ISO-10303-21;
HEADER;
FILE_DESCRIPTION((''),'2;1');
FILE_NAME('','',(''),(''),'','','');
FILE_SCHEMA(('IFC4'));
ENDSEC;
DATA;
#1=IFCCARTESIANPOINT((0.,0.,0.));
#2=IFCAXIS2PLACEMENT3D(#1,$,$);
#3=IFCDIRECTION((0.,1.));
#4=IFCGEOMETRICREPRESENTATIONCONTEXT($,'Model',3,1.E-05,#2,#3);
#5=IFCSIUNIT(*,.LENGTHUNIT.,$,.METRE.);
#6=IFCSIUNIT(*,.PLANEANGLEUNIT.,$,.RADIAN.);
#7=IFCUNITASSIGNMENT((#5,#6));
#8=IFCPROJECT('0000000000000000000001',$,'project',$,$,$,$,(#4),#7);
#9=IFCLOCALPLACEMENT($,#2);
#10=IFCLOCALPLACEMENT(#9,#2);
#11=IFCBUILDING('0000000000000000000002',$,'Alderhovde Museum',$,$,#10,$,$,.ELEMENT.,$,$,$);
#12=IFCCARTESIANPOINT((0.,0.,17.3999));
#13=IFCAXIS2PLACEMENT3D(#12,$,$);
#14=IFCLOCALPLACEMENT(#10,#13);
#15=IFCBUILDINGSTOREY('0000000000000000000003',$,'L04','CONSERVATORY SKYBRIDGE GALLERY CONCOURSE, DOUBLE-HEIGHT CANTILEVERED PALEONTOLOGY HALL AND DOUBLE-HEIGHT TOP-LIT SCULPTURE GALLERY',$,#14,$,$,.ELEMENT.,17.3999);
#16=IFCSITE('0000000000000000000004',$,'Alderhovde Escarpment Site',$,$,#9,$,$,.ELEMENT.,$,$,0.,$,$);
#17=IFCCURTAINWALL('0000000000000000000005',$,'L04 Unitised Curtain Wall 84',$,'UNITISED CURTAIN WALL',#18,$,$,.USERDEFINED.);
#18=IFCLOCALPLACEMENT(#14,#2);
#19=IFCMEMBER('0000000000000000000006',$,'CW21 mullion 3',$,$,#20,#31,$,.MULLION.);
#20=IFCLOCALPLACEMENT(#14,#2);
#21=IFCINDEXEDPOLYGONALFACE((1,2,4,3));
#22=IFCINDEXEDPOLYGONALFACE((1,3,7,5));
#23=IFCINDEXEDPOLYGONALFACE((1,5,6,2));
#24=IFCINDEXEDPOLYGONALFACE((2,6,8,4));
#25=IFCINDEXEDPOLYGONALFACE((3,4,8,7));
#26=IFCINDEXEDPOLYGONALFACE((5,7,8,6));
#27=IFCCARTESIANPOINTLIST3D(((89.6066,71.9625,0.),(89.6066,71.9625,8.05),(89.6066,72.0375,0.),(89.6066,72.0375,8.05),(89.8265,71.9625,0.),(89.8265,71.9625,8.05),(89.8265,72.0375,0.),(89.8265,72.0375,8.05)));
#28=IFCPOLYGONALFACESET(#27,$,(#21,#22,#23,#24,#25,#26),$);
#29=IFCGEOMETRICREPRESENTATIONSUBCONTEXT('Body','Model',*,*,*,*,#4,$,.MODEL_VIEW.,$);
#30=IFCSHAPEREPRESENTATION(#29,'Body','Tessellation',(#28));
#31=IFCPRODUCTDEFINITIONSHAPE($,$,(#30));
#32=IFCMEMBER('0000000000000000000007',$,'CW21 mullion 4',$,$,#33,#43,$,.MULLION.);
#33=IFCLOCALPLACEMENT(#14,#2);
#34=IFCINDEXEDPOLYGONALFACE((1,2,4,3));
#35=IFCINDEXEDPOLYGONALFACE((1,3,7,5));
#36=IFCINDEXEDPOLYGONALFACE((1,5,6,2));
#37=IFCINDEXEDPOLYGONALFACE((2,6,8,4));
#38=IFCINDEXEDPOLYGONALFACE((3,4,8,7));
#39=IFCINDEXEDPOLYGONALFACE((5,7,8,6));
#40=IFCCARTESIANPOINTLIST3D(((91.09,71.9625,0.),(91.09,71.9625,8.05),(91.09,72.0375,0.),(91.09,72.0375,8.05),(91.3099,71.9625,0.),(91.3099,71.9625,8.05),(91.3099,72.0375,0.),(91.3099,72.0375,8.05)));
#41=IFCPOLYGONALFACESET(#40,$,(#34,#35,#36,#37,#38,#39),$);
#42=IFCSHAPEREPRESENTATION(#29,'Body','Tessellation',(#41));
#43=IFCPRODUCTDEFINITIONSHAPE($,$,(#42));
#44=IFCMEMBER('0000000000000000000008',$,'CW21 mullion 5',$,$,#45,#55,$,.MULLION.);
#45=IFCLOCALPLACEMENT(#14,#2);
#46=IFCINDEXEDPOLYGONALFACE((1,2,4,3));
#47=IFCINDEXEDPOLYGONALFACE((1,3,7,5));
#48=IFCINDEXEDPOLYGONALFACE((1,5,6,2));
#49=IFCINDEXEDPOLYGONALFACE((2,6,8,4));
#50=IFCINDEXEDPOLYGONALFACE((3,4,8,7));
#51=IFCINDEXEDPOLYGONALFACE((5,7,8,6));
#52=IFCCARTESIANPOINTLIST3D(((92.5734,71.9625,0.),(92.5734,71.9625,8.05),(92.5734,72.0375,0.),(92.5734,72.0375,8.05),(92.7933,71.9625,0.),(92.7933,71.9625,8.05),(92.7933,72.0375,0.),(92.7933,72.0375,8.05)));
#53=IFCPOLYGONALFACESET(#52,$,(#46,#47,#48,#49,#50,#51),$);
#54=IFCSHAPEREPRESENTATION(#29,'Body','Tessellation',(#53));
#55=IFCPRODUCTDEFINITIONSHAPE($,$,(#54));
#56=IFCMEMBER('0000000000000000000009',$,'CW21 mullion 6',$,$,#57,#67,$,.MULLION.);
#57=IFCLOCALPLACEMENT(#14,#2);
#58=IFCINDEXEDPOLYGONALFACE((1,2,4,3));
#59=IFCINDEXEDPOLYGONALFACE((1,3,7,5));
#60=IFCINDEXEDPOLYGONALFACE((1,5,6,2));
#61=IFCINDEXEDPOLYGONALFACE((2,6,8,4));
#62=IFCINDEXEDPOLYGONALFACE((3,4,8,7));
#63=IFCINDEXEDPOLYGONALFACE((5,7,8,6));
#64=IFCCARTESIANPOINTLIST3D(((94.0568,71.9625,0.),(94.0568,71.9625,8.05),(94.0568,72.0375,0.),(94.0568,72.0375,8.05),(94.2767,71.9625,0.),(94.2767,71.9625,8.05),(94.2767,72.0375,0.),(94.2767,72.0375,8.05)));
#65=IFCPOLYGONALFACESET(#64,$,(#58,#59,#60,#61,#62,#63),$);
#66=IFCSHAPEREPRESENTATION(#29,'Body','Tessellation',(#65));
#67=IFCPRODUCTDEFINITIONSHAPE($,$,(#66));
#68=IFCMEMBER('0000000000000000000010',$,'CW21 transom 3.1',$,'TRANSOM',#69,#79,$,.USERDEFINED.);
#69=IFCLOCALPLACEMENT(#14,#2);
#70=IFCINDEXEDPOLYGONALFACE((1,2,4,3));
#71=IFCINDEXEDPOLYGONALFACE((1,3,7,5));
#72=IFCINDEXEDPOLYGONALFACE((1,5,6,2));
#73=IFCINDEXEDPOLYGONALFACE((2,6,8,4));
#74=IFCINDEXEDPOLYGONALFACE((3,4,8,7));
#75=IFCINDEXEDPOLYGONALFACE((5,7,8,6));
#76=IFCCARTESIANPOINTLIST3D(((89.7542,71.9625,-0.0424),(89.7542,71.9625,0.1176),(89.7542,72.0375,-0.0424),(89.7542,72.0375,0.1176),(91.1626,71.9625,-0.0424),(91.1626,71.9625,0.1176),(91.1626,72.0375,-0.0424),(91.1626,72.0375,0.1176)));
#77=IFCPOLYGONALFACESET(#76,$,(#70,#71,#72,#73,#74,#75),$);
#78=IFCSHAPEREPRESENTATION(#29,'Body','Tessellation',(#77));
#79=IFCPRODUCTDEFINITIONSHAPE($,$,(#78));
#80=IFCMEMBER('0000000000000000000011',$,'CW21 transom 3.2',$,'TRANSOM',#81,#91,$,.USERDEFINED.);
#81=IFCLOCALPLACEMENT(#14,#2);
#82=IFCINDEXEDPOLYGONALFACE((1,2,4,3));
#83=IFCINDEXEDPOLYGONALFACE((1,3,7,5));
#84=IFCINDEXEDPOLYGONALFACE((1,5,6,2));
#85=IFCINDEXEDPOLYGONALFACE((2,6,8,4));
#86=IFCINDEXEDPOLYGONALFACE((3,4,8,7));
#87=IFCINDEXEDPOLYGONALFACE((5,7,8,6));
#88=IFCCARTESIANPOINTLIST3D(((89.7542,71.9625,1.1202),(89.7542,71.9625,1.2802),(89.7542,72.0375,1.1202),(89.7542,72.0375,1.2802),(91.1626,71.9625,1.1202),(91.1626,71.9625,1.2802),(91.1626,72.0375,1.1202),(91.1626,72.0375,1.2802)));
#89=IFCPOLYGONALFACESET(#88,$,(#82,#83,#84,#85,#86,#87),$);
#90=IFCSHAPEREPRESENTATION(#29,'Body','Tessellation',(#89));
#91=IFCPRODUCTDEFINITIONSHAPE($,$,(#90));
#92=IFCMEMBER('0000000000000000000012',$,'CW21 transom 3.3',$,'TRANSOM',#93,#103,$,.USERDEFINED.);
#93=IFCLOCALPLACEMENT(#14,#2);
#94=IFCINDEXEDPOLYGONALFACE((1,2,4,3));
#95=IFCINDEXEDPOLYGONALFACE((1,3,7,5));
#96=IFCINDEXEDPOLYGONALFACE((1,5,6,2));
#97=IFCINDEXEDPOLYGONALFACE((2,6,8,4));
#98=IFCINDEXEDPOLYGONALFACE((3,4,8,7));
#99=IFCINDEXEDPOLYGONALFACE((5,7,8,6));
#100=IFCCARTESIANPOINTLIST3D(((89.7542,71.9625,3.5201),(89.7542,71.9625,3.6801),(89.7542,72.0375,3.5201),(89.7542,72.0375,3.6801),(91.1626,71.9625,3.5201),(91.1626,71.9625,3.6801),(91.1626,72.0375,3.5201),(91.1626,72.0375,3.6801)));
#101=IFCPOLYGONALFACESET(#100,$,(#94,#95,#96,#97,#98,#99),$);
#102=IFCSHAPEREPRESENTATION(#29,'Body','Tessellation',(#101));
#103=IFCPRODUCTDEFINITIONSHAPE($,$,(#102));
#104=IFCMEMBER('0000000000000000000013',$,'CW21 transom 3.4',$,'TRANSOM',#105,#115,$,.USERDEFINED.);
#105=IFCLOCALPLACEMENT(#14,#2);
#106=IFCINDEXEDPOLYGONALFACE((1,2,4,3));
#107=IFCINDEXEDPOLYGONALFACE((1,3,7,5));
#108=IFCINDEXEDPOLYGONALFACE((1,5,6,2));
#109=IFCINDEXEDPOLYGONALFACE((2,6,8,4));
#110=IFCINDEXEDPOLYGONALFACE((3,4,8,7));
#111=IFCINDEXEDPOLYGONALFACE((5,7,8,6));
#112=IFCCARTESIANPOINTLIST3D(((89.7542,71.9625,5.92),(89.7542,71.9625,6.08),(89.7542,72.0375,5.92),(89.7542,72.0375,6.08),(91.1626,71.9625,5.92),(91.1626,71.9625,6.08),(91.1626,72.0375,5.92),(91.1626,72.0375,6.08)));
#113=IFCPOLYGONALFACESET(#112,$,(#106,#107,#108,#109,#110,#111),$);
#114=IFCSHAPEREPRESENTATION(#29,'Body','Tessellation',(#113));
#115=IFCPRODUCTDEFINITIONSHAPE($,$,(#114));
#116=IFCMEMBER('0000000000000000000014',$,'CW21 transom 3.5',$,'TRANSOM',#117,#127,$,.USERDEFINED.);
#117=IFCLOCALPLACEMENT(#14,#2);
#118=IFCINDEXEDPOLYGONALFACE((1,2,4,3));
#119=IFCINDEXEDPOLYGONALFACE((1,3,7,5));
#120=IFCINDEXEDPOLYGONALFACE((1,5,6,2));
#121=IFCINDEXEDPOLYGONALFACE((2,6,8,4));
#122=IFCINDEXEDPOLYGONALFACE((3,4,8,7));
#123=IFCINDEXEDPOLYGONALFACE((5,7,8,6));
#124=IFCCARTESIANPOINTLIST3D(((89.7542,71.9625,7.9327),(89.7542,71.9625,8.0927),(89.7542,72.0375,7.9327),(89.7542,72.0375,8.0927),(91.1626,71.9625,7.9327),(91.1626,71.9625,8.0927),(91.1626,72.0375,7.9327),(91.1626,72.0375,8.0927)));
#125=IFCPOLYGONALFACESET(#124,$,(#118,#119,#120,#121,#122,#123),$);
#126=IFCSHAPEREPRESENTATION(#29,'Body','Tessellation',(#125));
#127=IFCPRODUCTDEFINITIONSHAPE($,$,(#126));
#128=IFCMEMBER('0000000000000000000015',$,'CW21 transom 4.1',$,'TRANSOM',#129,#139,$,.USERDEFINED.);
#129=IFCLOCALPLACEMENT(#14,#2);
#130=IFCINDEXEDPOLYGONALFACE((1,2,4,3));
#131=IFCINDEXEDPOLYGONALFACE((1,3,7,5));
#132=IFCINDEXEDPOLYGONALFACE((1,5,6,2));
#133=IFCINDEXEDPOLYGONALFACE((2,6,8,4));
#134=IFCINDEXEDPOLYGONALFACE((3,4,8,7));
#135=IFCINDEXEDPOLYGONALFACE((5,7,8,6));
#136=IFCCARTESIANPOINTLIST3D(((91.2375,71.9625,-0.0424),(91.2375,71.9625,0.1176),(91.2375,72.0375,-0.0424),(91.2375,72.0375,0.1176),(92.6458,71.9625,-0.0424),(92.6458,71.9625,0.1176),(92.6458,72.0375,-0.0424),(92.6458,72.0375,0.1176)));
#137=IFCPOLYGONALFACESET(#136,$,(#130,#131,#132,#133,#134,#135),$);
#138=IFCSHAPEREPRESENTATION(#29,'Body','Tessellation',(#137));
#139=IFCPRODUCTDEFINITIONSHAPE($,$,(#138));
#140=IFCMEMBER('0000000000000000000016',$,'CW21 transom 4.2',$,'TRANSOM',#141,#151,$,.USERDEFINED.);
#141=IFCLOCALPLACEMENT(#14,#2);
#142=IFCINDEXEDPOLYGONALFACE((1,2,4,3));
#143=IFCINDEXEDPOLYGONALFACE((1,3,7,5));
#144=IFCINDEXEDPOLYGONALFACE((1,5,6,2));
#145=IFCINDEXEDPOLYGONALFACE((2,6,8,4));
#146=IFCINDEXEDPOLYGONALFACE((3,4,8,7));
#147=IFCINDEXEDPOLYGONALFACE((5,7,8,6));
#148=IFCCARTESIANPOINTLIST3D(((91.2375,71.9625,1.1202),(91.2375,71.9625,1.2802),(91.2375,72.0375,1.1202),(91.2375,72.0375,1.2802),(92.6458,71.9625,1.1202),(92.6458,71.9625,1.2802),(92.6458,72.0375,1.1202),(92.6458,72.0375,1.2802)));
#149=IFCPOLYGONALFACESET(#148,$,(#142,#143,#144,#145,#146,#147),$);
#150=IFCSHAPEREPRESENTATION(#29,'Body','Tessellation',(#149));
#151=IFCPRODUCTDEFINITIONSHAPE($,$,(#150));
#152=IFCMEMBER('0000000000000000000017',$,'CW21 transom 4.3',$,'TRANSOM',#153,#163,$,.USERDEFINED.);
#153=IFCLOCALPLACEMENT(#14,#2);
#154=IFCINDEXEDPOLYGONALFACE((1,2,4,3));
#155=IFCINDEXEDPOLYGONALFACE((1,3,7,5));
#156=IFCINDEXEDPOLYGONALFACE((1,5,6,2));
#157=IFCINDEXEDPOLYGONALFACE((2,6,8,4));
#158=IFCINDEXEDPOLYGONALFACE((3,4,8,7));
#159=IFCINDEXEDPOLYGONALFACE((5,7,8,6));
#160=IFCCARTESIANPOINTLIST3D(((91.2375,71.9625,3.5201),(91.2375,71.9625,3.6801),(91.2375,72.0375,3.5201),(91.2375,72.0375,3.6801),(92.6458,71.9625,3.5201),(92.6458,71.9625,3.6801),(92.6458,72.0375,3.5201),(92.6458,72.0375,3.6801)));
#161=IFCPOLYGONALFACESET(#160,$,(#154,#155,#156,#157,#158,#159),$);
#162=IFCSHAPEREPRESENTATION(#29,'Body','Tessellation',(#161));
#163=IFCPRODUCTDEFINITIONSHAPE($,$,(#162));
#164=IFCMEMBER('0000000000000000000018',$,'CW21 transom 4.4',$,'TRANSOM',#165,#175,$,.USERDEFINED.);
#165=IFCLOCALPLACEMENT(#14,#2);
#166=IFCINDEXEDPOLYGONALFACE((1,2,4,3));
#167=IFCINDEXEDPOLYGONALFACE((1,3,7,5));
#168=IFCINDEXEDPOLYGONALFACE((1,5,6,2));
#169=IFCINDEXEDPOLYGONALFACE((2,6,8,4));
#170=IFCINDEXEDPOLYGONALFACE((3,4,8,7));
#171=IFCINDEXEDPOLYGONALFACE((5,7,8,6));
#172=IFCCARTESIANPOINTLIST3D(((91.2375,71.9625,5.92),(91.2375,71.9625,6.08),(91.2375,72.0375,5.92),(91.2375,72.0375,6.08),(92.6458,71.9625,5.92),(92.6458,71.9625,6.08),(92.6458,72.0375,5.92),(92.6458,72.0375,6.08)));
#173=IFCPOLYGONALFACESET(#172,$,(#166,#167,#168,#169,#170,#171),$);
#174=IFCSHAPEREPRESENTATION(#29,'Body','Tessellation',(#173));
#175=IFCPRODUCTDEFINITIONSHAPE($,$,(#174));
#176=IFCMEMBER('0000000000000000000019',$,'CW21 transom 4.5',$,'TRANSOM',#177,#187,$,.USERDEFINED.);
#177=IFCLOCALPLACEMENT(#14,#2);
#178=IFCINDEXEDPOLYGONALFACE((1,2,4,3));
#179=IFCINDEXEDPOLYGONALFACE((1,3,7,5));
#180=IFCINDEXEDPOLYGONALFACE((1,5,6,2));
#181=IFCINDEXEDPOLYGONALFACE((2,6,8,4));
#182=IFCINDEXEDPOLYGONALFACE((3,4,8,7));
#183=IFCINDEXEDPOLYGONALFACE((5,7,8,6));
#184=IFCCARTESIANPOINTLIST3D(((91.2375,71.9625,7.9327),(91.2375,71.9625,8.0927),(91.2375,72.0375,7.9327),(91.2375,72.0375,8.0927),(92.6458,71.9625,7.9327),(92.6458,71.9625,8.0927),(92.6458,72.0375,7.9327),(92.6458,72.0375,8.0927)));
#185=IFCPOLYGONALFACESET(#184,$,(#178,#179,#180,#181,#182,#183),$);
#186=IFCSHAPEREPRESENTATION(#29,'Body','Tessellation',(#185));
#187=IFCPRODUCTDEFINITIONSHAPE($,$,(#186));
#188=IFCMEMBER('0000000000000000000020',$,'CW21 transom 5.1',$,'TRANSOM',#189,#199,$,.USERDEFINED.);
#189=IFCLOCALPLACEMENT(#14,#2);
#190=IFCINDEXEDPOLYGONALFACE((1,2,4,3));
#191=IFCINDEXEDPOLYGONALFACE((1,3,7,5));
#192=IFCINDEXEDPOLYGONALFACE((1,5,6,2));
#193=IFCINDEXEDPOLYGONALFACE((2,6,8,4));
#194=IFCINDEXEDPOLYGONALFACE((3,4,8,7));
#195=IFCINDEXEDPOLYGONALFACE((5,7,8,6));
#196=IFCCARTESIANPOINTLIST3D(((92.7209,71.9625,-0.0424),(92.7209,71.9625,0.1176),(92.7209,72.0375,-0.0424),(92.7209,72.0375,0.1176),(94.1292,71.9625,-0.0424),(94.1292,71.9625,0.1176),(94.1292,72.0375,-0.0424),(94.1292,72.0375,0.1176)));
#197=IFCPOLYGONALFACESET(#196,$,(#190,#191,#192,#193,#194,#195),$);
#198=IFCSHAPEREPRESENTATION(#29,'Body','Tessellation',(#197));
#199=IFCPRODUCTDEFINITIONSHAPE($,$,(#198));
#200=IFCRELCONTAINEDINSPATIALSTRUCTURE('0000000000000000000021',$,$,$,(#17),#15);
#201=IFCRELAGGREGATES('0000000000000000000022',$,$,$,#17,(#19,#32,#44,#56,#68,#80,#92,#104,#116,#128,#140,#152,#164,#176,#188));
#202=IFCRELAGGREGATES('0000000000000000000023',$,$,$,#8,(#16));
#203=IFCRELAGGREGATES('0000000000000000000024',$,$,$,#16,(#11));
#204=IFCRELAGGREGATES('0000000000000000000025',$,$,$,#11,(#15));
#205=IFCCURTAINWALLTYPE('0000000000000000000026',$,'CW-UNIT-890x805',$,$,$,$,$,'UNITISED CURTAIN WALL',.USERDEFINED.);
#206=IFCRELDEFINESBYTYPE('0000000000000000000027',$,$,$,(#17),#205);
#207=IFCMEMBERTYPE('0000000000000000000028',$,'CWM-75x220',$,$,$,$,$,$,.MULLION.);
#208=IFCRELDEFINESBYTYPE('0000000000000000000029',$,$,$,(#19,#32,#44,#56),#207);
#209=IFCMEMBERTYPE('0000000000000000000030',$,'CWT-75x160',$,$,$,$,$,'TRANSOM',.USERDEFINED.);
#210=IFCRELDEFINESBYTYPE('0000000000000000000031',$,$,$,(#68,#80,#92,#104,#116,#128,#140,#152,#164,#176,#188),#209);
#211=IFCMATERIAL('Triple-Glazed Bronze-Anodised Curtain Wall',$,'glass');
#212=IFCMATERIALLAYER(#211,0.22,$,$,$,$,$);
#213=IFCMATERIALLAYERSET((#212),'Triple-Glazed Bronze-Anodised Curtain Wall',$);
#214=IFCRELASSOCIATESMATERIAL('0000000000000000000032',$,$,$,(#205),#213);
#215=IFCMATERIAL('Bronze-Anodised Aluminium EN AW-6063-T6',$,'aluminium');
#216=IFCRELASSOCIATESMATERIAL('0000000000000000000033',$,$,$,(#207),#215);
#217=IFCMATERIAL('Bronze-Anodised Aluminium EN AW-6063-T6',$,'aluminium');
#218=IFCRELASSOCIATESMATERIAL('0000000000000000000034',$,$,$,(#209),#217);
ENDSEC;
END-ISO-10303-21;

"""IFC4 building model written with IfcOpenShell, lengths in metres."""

from ifc_helpers import new_model, si_unit, direction, frame, origin, origin_2d, place, context, subcontext, project, spatial, rectangle, extrude, material, layer, layer_set, material_profile, profile_set, type_object, element, aggregate, save


model = new_model("IFC4")

# Units and contexts
model_context = context("Model", 3, precision=1e-05, world=origin(), true_north=direction((0.0, 1.0)))
body_context = subcontext(model_context, "Body", "Model", "MODEL_VIEW")
ifc_project = project(units=[si_unit("LENGTHUNIT", "METRE"), si_unit("PLANEANGLEUNIT", "RADIAN")], contexts=[model_context])

# Site, building, storey
site_placement = place(None, origin())
site = spatial("IfcSite", under=ifc_project, at=site_placement, Name="Alderhovde Escarpment Site", CompositionType="ELEMENT", RefElevation=0.0)
building_placement = place(site_placement, origin())
building = spatial("IfcBuilding", under=site, at=building_placement, Name="Alderhovde Museum", CompositionType="ELEMENT")
storey_placement = place(building_placement, frame((0.0, 0.0, 17.3999)))
storey = spatial("IfcBuildingStorey", under=building, at=storey_placement, Name="L04", Description="CONSERVATORY SKYBRIDGE GALLERY CONCOURSE, DOUBLE-HEIGHT CANTILEVERED PALEONTOLOGY HALL AND DOUBLE-HEIGHT TOP-LIT SCULPTURE GALLERY", CompositionType="ELEMENT", Elevation=17.3999)

# Curtain wall, members
ifc_material_1 = material(Name="Triple-Glazed Bronze-Anodised Curtain Wall", Category="glass")
ifc_layer_1 = layer(ifc_material_1, 0.22)
ifc_layer_set_1 = layer_set([ifc_layer_1], Name="Triple-Glazed Bronze-Anodised Curtain Wall")
curtain_wall_type = type_object("IfcCurtainWallType", Name="CW-UNIT-890x805", ElementType="UNITISED CURTAIN WALL", PredefinedType="USERDEFINED", material=ifc_layer_set_1)
curtain_wall_placement = place(storey_placement, origin())
curtain_wall = element("IfcCurtainWall", 1, at=curtain_wall_placement, inside=storey, type_object=curtain_wall_type, Name="L04 Unitised Curtain Wall 84", ObjectType="UNITISED CURTAIN WALL", PredefinedType="USERDEFINED")
ifc_material_2 = material(Name="Bronze-Anodised Aluminium EN AW-6063-T6", Category="aluminium")
ifc_material_profile_1 = material_profile(ifc_material_2, rectangle(XDim=0.075, YDim=0.22, at=origin_2d()), Name="MULLION 75x220")
ifc_profile_set_1 = profile_set([ifc_material_profile_1], Name="Bronze-Anodised Aluminium EN AW-6063-T6")
member_type_1 = type_object("IfcMemberType", Name="CWM-75x220", PredefinedType="MULLION", material=ifc_profile_set_1)
member_1_placement = place(storey_placement, frame((89.7166, 72.0, 0.0), z_axis=(0.0, 0.0, 1.0), x_axis=(0.0, 1.0, 0.0)))
member_1 = element("IfcMember", 2, at=member_1_placement, type_object=member_type_1, Name="CW21 mullion 3", PredefinedType="MULLION", context=body_context, shape_type="SweptSolid", body=[
    extrude(rectangle(XDim=0.075, YDim=0.22, at=origin_2d()), origin(), (0.0, 0.0, 1.0), 8.05),
])
member_2_placement = place(storey_placement, frame((91.2, 72.0, 0.0), z_axis=(0.0, 0.0, 1.0), x_axis=(0.0, 1.0, 0.0)))
member_2 = element("IfcMember", 3, at=member_2_placement, type_object=member_type_1, Name="CW21 mullion 4", PredefinedType="MULLION", context=body_context, shape_type="SweptSolid", body=[
    extrude(rectangle(XDim=0.075, YDim=0.22, at=origin_2d()), origin(), (0.0, 0.0, 1.0), 8.05),
])
member_3_placement = place(storey_placement, frame((92.6833, 72.0, 0.0), z_axis=(0.0, 0.0, 1.0), x_axis=(0.0, 1.0, 0.0)))
member_3 = element("IfcMember", 4, at=member_3_placement, type_object=member_type_1, Name="CW21 mullion 5", PredefinedType="MULLION", context=body_context, shape_type="SweptSolid", body=[
    extrude(rectangle(XDim=0.075, YDim=0.22, at=origin_2d()), origin(), (0.0, 0.0, 1.0), 8.05),
])
member_4_placement = place(storey_placement, frame((94.1667, 72.0, 0.0), z_axis=(0.0, 0.0, 1.0), x_axis=(0.0, 1.0, 0.0)))
member_4 = element("IfcMember", 5, at=member_4_placement, type_object=member_type_1, Name="CW21 mullion 6", PredefinedType="MULLION", context=body_context, shape_type="SweptSolid", body=[
    extrude(rectangle(XDim=0.075, YDim=0.22, at=origin_2d()), origin(), (0.0, 0.0, 1.0), 8.05),
])
ifc_material_3 = material(Name="Bronze-Anodised Aluminium EN AW-6063-T6", Category="aluminium")
ifc_material_profile_2 = material_profile(ifc_material_3, rectangle(XDim=0.075, YDim=0.1599, at=origin_2d()), Name="TRANSOM 75x160")
ifc_profile_set_2 = profile_set([ifc_material_profile_2], Name="Bronze-Anodised Aluminium EN AW-6063-T6")
member_type_2 = type_object("IfcMemberType", Name="CWT-75x160", ElementType="TRANSOM", PredefinedType="USERDEFINED", material=ifc_profile_set_2)
member_5_placement = place(storey_placement, frame((89.7542, 72.0, 0.0376), z_axis=(1.0, 0.0, 0.0), x_axis=(0.0, 1.0, 0.0)))
member_5 = element("IfcMember", 6, at=member_5_placement, type_object=member_type_2, Name="CW21 transom 3.1", ObjectType="TRANSOM", PredefinedType="USERDEFINED", context=body_context, shape_type="SweptSolid", body=[
    extrude(rectangle(XDim=0.075, YDim=0.1599, at=origin_2d()), origin(), (0.0, 0.0, 1.0), 1.4084),
])
member_6_placement = place(storey_placement, frame((89.7542, 72.0, 1.2002), z_axis=(1.0, 0.0, 0.0), x_axis=(0.0, 1.0, 0.0)))
member_6 = element("IfcMember", 7, at=member_6_placement, type_object=member_type_2, Name="CW21 transom 3.2", ObjectType="TRANSOM", PredefinedType="USERDEFINED", context=body_context, shape_type="SweptSolid", body=[
    extrude(rectangle(XDim=0.075, YDim=0.1599, at=origin_2d()), origin(), (0.0, 0.0, 1.0), 1.4084),
])
member_7_placement = place(storey_placement, frame((89.7542, 72.0, 3.6001), z_axis=(1.0, 0.0, 0.0), x_axis=(0.0, 1.0, 0.0)))
member_7 = element("IfcMember", 8, at=member_7_placement, type_object=member_type_2, Name="CW21 transom 3.3", ObjectType="TRANSOM", PredefinedType="USERDEFINED", context=body_context, shape_type="SweptSolid", body=[
    extrude(rectangle(XDim=0.075, YDim=0.1599, at=origin_2d()), origin(), (0.0, 0.0, 1.0), 1.4084),
])
member_8_placement = place(storey_placement, frame((89.7542, 72.0, 6.0), z_axis=(1.0, 0.0, 0.0), x_axis=(0.0, 1.0, 0.0)))
member_8 = element("IfcMember", 9, at=member_8_placement, type_object=member_type_2, Name="CW21 transom 3.4", ObjectType="TRANSOM", PredefinedType="USERDEFINED", context=body_context, shape_type="SweptSolid", body=[
    extrude(rectangle(XDim=0.075, YDim=0.1599, at=origin_2d()), origin(), (0.0, 0.0, 1.0), 1.4084),
])
member_9_placement = place(storey_placement, frame((89.7542, 72.0, 8.0127), z_axis=(1.0, 0.0, 0.0), x_axis=(0.0, 1.0, 0.0)))
member_9 = element("IfcMember", 10, at=member_9_placement, type_object=member_type_2, Name="CW21 transom 3.5", ObjectType="TRANSOM", PredefinedType="USERDEFINED", context=body_context, shape_type="SweptSolid", body=[
    extrude(rectangle(XDim=0.075, YDim=0.1599, at=origin_2d()), origin(), (0.0, 0.0, 1.0), 1.4084),
])
member_10_placement = place(storey_placement, frame((91.2375, 72.0, 0.0376), z_axis=(1.0, 0.0, 0.0), x_axis=(0.0, 1.0, 0.0)))
member_10 = element("IfcMember", 11, at=member_10_placement, type_object=member_type_2, Name="CW21 transom 4.1", ObjectType="TRANSOM", PredefinedType="USERDEFINED", context=body_context, shape_type="SweptSolid", body=[
    extrude(rectangle(XDim=0.075, YDim=0.1599, at=origin_2d()), origin(), (0.0, 0.0, 1.0), 1.4082),
])
member_11_placement = place(storey_placement, frame((91.2375, 72.0, 1.2002), z_axis=(1.0, 0.0, 0.0), x_axis=(0.0, 1.0, 0.0)))
member_11 = element("IfcMember", 12, at=member_11_placement, type_object=member_type_2, Name="CW21 transom 4.2", ObjectType="TRANSOM", PredefinedType="USERDEFINED", context=body_context, shape_type="SweptSolid", body=[
    extrude(rectangle(XDim=0.075, YDim=0.1599, at=origin_2d()), origin(), (0.0, 0.0, 1.0), 1.4082),
])
member_12_placement = place(storey_placement, frame((91.2375, 72.0, 3.6001), z_axis=(1.0, 0.0, 0.0), x_axis=(0.0, 1.0, 0.0)))
member_12 = element("IfcMember", 13, at=member_12_placement, type_object=member_type_2, Name="CW21 transom 4.3", ObjectType="TRANSOM", PredefinedType="USERDEFINED", context=body_context, shape_type="SweptSolid", body=[
    extrude(rectangle(XDim=0.075, YDim=0.1599, at=origin_2d()), origin(), (0.0, 0.0, 1.0), 1.4082),
])
member_13_placement = place(storey_placement, frame((91.2375, 72.0, 6.0), z_axis=(1.0, 0.0, 0.0), x_axis=(0.0, 1.0, 0.0)))
member_13 = element("IfcMember", 14, at=member_13_placement, type_object=member_type_2, Name="CW21 transom 4.4", ObjectType="TRANSOM", PredefinedType="USERDEFINED", context=body_context, shape_type="SweptSolid", body=[
    extrude(rectangle(XDim=0.075, YDim=0.1599, at=origin_2d()), origin(), (0.0, 0.0, 1.0), 1.4082),
])
member_14_placement = place(storey_placement, frame((91.2375, 72.0, 8.0127), z_axis=(1.0, 0.0, 0.0), x_axis=(0.0, 1.0, 0.0)))
member_14 = element("IfcMember", 15, at=member_14_placement, type_object=member_type_2, Name="CW21 transom 4.5", ObjectType="TRANSOM", PredefinedType="USERDEFINED", context=body_context, shape_type="SweptSolid", body=[
    extrude(rectangle(XDim=0.075, YDim=0.1599, at=origin_2d()), origin(), (0.0, 0.0, 1.0), 1.4082),
])
member_15_placement = place(storey_placement, frame((92.7209, 72.0, 0.0376), z_axis=(1.0, 0.0, 0.0), x_axis=(0.0, 1.0, 0.0)))
member_15 = element("IfcMember", 16, at=member_15_placement, type_object=member_type_2, Name="CW21 transom 5.1", ObjectType="TRANSOM", PredefinedType="USERDEFINED", context=body_context, shape_type="SweptSolid", body=[
    extrude(rectangle(XDim=0.075, YDim=0.1599, at=origin_2d()), origin(), (0.0, 0.0, 1.0), 1.4082),
])
aggregate(curtain_wall, [member_1, member_2, member_3, member_4, member_5, member_6, member_7, member_8, member_9, member_10, member_11, member_12, member_13, member_14, member_15])

save(model, "model.ifc")
